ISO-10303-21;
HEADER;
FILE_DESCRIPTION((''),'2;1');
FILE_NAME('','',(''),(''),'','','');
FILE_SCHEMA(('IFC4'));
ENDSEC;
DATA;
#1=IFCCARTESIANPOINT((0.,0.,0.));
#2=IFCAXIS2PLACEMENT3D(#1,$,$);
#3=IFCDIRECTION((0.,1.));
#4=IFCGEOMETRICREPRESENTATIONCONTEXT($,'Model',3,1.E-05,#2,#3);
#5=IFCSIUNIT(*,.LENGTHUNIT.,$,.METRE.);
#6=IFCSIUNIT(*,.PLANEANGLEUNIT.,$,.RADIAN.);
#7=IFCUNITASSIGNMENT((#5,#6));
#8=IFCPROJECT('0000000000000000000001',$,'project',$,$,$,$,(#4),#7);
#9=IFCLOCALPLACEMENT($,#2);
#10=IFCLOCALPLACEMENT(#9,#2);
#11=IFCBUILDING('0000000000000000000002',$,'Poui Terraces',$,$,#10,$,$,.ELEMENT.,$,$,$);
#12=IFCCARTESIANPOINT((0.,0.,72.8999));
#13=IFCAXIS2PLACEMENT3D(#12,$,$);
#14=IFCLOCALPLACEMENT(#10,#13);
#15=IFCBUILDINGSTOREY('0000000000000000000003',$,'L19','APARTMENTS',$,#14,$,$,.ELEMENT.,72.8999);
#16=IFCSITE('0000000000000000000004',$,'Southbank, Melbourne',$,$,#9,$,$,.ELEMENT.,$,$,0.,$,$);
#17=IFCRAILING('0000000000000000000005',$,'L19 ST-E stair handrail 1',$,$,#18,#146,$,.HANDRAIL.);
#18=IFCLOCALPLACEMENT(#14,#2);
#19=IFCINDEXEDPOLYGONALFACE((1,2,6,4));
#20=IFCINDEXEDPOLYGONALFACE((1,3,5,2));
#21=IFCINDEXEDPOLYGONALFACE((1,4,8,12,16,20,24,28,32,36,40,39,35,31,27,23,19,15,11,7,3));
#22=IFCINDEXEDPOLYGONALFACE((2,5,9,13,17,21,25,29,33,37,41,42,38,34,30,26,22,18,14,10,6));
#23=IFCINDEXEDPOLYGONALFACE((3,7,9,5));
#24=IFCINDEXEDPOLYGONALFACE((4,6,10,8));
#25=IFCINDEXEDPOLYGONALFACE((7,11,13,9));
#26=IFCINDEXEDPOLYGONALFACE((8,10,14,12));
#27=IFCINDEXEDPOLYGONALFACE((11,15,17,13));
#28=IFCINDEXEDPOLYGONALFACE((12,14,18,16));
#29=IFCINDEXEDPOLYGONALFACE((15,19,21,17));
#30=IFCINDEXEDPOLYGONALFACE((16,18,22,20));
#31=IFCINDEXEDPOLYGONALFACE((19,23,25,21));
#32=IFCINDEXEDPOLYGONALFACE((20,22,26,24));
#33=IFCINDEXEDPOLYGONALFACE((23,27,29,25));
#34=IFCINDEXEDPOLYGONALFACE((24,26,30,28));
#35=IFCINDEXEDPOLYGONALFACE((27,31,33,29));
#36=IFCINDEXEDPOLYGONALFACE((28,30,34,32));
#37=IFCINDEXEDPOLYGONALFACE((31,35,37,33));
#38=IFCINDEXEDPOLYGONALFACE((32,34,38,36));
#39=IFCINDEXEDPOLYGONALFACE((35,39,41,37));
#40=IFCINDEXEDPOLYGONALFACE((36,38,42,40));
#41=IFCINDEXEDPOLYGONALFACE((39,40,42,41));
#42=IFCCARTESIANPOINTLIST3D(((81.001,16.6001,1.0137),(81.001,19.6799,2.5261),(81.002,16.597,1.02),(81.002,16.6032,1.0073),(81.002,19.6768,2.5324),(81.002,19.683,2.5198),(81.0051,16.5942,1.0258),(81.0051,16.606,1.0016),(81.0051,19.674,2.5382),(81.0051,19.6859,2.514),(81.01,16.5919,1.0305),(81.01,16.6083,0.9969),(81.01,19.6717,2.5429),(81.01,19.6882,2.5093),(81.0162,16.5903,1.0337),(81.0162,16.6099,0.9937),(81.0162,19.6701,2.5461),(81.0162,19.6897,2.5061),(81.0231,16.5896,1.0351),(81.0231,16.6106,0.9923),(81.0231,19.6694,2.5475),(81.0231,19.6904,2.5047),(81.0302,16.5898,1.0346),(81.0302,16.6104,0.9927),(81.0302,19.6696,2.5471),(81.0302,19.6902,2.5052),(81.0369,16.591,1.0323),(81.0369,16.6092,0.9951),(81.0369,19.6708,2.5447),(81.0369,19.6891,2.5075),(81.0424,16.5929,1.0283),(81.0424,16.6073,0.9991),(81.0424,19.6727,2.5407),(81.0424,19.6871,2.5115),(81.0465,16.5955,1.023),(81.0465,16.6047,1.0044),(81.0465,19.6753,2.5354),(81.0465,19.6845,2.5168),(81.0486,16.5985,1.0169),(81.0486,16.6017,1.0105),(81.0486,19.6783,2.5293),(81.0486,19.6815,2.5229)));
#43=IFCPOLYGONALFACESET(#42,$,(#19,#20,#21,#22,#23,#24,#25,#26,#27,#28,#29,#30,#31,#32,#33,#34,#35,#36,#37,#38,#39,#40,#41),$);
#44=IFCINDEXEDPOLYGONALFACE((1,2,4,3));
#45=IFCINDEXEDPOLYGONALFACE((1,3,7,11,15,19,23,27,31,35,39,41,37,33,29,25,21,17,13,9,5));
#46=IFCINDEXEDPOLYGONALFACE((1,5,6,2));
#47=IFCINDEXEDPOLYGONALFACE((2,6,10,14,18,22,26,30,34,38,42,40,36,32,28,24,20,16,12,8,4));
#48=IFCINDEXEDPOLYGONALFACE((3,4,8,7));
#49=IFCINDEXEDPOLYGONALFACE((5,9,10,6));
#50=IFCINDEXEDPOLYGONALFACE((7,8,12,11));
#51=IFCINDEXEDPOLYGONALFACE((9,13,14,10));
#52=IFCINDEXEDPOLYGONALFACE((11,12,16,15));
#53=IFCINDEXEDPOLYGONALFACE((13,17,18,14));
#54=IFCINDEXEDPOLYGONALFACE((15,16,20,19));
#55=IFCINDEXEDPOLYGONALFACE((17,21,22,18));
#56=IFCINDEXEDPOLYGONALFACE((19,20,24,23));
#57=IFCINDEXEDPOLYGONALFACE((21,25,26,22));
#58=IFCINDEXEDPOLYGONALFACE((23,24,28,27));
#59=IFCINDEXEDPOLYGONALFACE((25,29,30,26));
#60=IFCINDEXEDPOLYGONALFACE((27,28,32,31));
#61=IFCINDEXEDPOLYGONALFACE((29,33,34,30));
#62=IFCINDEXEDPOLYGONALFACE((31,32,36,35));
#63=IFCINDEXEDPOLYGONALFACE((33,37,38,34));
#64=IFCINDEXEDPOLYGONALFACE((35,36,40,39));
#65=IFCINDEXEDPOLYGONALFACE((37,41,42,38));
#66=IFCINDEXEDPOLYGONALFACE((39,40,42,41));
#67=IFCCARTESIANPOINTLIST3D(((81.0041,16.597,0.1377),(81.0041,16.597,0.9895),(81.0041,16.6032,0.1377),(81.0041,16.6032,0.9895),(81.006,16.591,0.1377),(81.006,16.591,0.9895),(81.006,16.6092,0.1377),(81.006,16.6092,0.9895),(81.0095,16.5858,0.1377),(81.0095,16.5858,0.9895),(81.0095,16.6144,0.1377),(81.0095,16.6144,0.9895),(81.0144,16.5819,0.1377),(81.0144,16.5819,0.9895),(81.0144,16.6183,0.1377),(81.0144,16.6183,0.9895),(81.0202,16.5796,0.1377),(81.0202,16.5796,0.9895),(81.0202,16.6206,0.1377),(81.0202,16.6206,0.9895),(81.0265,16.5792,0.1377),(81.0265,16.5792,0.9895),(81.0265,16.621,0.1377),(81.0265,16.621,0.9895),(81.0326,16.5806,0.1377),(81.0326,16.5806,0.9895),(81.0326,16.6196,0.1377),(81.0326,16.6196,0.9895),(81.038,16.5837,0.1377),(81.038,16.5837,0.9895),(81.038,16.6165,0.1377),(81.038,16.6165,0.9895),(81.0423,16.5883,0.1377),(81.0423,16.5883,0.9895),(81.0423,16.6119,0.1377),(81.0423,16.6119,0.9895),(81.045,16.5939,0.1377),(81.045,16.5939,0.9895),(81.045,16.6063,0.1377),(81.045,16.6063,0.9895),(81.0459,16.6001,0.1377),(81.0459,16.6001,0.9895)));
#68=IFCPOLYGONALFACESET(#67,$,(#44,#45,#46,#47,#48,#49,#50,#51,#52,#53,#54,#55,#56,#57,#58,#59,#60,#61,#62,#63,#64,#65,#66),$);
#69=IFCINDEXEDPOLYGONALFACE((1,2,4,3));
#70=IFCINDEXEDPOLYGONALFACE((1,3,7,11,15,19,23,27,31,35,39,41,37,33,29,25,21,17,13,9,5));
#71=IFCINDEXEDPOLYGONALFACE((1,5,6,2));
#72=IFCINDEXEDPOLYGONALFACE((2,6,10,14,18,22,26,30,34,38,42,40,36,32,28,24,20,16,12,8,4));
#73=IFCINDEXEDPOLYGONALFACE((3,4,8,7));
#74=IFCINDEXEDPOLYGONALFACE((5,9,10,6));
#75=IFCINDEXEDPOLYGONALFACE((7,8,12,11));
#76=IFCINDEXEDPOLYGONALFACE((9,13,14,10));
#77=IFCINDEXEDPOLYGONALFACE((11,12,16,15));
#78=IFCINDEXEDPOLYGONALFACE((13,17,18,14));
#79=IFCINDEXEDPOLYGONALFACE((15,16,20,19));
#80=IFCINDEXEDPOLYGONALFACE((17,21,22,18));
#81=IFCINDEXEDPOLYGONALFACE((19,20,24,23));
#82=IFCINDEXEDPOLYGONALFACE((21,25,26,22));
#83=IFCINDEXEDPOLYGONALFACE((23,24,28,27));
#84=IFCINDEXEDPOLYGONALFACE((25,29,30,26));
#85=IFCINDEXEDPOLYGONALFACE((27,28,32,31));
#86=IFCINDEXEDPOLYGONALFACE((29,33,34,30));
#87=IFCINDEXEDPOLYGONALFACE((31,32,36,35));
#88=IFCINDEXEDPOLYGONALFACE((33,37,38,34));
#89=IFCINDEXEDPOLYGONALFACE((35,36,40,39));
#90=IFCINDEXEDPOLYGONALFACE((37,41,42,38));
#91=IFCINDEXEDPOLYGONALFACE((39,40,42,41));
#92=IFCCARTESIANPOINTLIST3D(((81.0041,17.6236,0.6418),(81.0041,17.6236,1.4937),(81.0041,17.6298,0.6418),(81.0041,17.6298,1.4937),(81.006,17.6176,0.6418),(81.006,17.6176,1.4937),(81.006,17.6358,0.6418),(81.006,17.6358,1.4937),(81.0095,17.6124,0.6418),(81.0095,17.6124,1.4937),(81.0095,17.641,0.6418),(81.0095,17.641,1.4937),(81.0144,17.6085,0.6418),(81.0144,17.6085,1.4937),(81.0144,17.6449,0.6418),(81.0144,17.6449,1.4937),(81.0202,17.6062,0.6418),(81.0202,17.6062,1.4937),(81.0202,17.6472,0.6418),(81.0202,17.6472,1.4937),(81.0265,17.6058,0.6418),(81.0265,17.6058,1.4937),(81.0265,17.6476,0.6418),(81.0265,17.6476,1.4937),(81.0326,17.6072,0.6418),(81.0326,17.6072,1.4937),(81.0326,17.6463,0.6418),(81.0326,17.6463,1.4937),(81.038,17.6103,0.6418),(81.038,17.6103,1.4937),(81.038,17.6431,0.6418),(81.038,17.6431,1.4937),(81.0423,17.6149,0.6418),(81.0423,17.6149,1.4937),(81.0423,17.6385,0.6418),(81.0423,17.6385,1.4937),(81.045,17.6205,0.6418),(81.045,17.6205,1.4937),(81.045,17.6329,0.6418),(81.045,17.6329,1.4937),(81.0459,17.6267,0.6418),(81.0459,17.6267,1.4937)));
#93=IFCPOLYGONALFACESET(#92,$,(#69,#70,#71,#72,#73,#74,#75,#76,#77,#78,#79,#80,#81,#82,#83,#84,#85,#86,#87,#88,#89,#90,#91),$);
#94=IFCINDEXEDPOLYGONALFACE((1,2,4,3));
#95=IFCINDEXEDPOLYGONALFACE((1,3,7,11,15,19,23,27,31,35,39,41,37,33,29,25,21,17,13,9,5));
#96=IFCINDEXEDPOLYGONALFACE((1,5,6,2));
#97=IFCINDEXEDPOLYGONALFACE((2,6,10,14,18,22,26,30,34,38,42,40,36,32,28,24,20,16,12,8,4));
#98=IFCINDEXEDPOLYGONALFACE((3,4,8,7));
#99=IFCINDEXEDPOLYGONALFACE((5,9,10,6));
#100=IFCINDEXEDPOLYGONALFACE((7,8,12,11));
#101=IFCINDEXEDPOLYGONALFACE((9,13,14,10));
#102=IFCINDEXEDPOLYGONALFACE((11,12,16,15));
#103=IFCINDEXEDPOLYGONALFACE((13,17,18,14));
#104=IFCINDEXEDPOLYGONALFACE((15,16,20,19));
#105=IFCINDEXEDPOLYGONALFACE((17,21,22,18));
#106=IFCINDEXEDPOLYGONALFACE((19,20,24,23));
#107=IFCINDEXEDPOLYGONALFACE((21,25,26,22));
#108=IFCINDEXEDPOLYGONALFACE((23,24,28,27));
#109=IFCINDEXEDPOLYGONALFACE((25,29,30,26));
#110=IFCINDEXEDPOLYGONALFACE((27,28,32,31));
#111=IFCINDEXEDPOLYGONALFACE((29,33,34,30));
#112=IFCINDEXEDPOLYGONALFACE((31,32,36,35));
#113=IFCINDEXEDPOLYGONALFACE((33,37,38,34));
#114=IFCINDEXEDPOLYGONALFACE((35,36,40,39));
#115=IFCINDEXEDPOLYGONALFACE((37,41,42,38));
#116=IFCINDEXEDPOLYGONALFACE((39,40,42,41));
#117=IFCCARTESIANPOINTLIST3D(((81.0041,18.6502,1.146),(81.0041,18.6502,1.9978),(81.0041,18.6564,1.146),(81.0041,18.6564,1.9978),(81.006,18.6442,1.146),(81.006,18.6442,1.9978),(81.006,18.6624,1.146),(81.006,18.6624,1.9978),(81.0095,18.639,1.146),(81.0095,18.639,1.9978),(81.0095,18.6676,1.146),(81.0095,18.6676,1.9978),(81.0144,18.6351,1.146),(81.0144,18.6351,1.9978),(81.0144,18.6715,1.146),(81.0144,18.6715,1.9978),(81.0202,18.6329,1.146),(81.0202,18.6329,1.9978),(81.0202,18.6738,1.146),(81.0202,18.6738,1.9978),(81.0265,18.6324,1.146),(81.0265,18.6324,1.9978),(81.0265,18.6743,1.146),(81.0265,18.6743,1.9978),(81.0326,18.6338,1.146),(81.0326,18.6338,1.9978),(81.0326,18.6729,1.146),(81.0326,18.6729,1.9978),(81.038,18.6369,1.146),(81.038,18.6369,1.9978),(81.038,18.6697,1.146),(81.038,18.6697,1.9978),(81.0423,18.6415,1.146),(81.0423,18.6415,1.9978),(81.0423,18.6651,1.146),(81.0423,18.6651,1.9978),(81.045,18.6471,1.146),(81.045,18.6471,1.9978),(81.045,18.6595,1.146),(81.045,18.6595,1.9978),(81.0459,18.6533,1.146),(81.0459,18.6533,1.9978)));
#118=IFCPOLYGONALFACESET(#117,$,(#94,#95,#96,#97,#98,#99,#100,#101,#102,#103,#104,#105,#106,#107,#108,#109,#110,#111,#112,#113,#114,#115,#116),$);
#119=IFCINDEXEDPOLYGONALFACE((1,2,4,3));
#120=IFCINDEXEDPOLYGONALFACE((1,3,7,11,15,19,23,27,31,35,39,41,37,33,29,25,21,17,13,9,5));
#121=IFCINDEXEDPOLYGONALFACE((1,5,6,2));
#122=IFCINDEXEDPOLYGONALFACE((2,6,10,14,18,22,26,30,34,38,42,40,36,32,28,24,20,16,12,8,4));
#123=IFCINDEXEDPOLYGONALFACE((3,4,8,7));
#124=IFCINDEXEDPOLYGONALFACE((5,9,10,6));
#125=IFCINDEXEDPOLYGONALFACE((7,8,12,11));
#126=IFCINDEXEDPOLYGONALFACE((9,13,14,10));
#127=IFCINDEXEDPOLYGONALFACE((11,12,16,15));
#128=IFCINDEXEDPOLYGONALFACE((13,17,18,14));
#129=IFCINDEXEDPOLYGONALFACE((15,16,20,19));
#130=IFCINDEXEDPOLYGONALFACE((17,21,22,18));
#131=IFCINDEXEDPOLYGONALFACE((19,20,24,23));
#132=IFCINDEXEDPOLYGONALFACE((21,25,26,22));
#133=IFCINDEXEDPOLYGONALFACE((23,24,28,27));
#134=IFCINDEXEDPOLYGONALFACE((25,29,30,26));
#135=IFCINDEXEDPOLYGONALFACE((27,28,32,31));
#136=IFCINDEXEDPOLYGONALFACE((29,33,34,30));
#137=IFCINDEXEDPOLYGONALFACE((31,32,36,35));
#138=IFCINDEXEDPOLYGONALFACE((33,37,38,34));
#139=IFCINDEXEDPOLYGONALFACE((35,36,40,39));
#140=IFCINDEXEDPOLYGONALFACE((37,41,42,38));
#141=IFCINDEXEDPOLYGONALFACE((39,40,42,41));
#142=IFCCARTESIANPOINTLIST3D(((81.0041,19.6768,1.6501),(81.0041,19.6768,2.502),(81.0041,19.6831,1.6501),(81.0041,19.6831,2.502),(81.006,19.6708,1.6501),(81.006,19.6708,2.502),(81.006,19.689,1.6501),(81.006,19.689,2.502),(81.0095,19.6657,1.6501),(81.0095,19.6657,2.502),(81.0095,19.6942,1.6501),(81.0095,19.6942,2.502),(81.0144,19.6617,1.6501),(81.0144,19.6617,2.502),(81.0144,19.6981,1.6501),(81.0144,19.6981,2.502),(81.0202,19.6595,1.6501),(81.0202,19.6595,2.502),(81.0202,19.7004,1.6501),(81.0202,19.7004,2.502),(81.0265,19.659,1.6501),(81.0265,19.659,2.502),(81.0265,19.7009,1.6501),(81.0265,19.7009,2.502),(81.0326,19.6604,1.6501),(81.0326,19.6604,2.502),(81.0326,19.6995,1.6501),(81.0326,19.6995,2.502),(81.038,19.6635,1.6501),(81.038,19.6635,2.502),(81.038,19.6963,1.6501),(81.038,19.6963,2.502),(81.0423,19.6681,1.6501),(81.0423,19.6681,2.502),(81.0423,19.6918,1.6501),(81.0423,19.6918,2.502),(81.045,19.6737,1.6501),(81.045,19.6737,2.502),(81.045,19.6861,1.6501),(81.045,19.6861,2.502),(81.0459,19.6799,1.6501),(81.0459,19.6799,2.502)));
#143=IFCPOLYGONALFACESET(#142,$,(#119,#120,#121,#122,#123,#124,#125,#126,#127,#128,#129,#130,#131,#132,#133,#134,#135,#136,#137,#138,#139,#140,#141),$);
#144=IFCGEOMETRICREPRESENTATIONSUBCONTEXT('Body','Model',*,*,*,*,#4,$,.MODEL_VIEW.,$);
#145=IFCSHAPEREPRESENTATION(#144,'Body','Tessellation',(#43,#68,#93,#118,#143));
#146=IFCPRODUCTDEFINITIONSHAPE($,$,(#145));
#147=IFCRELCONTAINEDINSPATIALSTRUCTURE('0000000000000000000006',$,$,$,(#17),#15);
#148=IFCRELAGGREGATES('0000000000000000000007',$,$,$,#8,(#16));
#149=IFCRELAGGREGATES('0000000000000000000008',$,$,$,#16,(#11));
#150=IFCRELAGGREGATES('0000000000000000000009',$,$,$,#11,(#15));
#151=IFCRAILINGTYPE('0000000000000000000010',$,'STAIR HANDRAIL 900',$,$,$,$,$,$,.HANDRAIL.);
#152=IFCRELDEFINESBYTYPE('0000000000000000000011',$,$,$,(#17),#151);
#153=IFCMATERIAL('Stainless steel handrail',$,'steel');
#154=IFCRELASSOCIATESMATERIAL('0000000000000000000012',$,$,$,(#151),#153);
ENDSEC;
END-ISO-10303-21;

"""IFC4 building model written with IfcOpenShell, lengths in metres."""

from ifc_helpers import new_model, si_unit, direction, frame, origin, origin_2d, place, context, subcontext, project, spatial, circle, extrude, material, type_object, element, save


model = new_model("IFC4")

# Units and contexts
model_context = context("Model", 3, precision=1e-05, world=origin(), true_north=direction((0.0, 1.0)))
body_context = subcontext(model_context, "Body", "Model", "MODEL_VIEW")
ifc_project = project(units=[si_unit("LENGTHUNIT", "METRE"), si_unit("PLANEANGLEUNIT", "RADIAN")], contexts=[model_context])

# Site, building, storey
site_placement = place(None, origin())
site = spatial("IfcSite", under=ifc_project, at=site_placement, Name="Southbank, Melbourne", CompositionType="ELEMENT", RefElevation=0.0)
building_placement = place(site_placement, origin())
building = spatial("IfcBuilding", under=site, at=building_placement, Name="Poui Terraces", CompositionType="ELEMENT")
storey_placement = place(building_placement, frame((0.0, 0.0, 72.8999)))
storey = spatial("IfcBuildingStorey", under=building, at=storey_placement, Name="L19", Description="APARTMENTS", CompositionType="ELEMENT", Elevation=72.8999)

# Railing
ifc_material_1 = material(Name="Stainless steel handrail", Category="steel")
railing_type_1 = type_object("IfcRailingType", Name="STAIR HANDRAIL 900", PredefinedType="HANDRAIL", material=ifc_material_1)
railing_1_placement = place(storey_placement, frame((81.0249, 16.6001, 0.1377)))
element("IfcRailing", 1, at=railing_1_placement, inside=storey, type_object=railing_type_1, Name="L19 ST-E stair handrail 1", PredefinedType="HANDRAIL", context=body_context, shape_type="SweptSolid", body=[
    extrude(circle(Radius=0.0239, at=origin_2d()), frame((0.0, 0.0, 0.876), z_axis=(0.0, 0.897606, 0.440798), x_axis=(-1.0, 0.0, 0.0)), (0.0, 0.0, 1.0), 3.4312),
    extrude(circle(Radius=0.021, at=origin_2d()), origin(), (0.0, 0.0, 1.0), 0.8518),
    extrude(circle(Radius=0.021, at=origin_2d()), frame((0.0, 1.0266, 0.5042)), (0.0, 0.0, 1.0), 0.8518),
    extrude(circle(Radius=0.021, at=origin_2d()), frame((0.0, 2.0532, 1.0083)), (0.0, 0.0, 1.0), 0.8518),
    extrude(circle(Radius=0.021, at=origin_2d()), frame((0.0, 3.0798, 1.5125)), (0.0, 0.0, 1.0), 0.8518),
])

save(model, "model.ifc")
